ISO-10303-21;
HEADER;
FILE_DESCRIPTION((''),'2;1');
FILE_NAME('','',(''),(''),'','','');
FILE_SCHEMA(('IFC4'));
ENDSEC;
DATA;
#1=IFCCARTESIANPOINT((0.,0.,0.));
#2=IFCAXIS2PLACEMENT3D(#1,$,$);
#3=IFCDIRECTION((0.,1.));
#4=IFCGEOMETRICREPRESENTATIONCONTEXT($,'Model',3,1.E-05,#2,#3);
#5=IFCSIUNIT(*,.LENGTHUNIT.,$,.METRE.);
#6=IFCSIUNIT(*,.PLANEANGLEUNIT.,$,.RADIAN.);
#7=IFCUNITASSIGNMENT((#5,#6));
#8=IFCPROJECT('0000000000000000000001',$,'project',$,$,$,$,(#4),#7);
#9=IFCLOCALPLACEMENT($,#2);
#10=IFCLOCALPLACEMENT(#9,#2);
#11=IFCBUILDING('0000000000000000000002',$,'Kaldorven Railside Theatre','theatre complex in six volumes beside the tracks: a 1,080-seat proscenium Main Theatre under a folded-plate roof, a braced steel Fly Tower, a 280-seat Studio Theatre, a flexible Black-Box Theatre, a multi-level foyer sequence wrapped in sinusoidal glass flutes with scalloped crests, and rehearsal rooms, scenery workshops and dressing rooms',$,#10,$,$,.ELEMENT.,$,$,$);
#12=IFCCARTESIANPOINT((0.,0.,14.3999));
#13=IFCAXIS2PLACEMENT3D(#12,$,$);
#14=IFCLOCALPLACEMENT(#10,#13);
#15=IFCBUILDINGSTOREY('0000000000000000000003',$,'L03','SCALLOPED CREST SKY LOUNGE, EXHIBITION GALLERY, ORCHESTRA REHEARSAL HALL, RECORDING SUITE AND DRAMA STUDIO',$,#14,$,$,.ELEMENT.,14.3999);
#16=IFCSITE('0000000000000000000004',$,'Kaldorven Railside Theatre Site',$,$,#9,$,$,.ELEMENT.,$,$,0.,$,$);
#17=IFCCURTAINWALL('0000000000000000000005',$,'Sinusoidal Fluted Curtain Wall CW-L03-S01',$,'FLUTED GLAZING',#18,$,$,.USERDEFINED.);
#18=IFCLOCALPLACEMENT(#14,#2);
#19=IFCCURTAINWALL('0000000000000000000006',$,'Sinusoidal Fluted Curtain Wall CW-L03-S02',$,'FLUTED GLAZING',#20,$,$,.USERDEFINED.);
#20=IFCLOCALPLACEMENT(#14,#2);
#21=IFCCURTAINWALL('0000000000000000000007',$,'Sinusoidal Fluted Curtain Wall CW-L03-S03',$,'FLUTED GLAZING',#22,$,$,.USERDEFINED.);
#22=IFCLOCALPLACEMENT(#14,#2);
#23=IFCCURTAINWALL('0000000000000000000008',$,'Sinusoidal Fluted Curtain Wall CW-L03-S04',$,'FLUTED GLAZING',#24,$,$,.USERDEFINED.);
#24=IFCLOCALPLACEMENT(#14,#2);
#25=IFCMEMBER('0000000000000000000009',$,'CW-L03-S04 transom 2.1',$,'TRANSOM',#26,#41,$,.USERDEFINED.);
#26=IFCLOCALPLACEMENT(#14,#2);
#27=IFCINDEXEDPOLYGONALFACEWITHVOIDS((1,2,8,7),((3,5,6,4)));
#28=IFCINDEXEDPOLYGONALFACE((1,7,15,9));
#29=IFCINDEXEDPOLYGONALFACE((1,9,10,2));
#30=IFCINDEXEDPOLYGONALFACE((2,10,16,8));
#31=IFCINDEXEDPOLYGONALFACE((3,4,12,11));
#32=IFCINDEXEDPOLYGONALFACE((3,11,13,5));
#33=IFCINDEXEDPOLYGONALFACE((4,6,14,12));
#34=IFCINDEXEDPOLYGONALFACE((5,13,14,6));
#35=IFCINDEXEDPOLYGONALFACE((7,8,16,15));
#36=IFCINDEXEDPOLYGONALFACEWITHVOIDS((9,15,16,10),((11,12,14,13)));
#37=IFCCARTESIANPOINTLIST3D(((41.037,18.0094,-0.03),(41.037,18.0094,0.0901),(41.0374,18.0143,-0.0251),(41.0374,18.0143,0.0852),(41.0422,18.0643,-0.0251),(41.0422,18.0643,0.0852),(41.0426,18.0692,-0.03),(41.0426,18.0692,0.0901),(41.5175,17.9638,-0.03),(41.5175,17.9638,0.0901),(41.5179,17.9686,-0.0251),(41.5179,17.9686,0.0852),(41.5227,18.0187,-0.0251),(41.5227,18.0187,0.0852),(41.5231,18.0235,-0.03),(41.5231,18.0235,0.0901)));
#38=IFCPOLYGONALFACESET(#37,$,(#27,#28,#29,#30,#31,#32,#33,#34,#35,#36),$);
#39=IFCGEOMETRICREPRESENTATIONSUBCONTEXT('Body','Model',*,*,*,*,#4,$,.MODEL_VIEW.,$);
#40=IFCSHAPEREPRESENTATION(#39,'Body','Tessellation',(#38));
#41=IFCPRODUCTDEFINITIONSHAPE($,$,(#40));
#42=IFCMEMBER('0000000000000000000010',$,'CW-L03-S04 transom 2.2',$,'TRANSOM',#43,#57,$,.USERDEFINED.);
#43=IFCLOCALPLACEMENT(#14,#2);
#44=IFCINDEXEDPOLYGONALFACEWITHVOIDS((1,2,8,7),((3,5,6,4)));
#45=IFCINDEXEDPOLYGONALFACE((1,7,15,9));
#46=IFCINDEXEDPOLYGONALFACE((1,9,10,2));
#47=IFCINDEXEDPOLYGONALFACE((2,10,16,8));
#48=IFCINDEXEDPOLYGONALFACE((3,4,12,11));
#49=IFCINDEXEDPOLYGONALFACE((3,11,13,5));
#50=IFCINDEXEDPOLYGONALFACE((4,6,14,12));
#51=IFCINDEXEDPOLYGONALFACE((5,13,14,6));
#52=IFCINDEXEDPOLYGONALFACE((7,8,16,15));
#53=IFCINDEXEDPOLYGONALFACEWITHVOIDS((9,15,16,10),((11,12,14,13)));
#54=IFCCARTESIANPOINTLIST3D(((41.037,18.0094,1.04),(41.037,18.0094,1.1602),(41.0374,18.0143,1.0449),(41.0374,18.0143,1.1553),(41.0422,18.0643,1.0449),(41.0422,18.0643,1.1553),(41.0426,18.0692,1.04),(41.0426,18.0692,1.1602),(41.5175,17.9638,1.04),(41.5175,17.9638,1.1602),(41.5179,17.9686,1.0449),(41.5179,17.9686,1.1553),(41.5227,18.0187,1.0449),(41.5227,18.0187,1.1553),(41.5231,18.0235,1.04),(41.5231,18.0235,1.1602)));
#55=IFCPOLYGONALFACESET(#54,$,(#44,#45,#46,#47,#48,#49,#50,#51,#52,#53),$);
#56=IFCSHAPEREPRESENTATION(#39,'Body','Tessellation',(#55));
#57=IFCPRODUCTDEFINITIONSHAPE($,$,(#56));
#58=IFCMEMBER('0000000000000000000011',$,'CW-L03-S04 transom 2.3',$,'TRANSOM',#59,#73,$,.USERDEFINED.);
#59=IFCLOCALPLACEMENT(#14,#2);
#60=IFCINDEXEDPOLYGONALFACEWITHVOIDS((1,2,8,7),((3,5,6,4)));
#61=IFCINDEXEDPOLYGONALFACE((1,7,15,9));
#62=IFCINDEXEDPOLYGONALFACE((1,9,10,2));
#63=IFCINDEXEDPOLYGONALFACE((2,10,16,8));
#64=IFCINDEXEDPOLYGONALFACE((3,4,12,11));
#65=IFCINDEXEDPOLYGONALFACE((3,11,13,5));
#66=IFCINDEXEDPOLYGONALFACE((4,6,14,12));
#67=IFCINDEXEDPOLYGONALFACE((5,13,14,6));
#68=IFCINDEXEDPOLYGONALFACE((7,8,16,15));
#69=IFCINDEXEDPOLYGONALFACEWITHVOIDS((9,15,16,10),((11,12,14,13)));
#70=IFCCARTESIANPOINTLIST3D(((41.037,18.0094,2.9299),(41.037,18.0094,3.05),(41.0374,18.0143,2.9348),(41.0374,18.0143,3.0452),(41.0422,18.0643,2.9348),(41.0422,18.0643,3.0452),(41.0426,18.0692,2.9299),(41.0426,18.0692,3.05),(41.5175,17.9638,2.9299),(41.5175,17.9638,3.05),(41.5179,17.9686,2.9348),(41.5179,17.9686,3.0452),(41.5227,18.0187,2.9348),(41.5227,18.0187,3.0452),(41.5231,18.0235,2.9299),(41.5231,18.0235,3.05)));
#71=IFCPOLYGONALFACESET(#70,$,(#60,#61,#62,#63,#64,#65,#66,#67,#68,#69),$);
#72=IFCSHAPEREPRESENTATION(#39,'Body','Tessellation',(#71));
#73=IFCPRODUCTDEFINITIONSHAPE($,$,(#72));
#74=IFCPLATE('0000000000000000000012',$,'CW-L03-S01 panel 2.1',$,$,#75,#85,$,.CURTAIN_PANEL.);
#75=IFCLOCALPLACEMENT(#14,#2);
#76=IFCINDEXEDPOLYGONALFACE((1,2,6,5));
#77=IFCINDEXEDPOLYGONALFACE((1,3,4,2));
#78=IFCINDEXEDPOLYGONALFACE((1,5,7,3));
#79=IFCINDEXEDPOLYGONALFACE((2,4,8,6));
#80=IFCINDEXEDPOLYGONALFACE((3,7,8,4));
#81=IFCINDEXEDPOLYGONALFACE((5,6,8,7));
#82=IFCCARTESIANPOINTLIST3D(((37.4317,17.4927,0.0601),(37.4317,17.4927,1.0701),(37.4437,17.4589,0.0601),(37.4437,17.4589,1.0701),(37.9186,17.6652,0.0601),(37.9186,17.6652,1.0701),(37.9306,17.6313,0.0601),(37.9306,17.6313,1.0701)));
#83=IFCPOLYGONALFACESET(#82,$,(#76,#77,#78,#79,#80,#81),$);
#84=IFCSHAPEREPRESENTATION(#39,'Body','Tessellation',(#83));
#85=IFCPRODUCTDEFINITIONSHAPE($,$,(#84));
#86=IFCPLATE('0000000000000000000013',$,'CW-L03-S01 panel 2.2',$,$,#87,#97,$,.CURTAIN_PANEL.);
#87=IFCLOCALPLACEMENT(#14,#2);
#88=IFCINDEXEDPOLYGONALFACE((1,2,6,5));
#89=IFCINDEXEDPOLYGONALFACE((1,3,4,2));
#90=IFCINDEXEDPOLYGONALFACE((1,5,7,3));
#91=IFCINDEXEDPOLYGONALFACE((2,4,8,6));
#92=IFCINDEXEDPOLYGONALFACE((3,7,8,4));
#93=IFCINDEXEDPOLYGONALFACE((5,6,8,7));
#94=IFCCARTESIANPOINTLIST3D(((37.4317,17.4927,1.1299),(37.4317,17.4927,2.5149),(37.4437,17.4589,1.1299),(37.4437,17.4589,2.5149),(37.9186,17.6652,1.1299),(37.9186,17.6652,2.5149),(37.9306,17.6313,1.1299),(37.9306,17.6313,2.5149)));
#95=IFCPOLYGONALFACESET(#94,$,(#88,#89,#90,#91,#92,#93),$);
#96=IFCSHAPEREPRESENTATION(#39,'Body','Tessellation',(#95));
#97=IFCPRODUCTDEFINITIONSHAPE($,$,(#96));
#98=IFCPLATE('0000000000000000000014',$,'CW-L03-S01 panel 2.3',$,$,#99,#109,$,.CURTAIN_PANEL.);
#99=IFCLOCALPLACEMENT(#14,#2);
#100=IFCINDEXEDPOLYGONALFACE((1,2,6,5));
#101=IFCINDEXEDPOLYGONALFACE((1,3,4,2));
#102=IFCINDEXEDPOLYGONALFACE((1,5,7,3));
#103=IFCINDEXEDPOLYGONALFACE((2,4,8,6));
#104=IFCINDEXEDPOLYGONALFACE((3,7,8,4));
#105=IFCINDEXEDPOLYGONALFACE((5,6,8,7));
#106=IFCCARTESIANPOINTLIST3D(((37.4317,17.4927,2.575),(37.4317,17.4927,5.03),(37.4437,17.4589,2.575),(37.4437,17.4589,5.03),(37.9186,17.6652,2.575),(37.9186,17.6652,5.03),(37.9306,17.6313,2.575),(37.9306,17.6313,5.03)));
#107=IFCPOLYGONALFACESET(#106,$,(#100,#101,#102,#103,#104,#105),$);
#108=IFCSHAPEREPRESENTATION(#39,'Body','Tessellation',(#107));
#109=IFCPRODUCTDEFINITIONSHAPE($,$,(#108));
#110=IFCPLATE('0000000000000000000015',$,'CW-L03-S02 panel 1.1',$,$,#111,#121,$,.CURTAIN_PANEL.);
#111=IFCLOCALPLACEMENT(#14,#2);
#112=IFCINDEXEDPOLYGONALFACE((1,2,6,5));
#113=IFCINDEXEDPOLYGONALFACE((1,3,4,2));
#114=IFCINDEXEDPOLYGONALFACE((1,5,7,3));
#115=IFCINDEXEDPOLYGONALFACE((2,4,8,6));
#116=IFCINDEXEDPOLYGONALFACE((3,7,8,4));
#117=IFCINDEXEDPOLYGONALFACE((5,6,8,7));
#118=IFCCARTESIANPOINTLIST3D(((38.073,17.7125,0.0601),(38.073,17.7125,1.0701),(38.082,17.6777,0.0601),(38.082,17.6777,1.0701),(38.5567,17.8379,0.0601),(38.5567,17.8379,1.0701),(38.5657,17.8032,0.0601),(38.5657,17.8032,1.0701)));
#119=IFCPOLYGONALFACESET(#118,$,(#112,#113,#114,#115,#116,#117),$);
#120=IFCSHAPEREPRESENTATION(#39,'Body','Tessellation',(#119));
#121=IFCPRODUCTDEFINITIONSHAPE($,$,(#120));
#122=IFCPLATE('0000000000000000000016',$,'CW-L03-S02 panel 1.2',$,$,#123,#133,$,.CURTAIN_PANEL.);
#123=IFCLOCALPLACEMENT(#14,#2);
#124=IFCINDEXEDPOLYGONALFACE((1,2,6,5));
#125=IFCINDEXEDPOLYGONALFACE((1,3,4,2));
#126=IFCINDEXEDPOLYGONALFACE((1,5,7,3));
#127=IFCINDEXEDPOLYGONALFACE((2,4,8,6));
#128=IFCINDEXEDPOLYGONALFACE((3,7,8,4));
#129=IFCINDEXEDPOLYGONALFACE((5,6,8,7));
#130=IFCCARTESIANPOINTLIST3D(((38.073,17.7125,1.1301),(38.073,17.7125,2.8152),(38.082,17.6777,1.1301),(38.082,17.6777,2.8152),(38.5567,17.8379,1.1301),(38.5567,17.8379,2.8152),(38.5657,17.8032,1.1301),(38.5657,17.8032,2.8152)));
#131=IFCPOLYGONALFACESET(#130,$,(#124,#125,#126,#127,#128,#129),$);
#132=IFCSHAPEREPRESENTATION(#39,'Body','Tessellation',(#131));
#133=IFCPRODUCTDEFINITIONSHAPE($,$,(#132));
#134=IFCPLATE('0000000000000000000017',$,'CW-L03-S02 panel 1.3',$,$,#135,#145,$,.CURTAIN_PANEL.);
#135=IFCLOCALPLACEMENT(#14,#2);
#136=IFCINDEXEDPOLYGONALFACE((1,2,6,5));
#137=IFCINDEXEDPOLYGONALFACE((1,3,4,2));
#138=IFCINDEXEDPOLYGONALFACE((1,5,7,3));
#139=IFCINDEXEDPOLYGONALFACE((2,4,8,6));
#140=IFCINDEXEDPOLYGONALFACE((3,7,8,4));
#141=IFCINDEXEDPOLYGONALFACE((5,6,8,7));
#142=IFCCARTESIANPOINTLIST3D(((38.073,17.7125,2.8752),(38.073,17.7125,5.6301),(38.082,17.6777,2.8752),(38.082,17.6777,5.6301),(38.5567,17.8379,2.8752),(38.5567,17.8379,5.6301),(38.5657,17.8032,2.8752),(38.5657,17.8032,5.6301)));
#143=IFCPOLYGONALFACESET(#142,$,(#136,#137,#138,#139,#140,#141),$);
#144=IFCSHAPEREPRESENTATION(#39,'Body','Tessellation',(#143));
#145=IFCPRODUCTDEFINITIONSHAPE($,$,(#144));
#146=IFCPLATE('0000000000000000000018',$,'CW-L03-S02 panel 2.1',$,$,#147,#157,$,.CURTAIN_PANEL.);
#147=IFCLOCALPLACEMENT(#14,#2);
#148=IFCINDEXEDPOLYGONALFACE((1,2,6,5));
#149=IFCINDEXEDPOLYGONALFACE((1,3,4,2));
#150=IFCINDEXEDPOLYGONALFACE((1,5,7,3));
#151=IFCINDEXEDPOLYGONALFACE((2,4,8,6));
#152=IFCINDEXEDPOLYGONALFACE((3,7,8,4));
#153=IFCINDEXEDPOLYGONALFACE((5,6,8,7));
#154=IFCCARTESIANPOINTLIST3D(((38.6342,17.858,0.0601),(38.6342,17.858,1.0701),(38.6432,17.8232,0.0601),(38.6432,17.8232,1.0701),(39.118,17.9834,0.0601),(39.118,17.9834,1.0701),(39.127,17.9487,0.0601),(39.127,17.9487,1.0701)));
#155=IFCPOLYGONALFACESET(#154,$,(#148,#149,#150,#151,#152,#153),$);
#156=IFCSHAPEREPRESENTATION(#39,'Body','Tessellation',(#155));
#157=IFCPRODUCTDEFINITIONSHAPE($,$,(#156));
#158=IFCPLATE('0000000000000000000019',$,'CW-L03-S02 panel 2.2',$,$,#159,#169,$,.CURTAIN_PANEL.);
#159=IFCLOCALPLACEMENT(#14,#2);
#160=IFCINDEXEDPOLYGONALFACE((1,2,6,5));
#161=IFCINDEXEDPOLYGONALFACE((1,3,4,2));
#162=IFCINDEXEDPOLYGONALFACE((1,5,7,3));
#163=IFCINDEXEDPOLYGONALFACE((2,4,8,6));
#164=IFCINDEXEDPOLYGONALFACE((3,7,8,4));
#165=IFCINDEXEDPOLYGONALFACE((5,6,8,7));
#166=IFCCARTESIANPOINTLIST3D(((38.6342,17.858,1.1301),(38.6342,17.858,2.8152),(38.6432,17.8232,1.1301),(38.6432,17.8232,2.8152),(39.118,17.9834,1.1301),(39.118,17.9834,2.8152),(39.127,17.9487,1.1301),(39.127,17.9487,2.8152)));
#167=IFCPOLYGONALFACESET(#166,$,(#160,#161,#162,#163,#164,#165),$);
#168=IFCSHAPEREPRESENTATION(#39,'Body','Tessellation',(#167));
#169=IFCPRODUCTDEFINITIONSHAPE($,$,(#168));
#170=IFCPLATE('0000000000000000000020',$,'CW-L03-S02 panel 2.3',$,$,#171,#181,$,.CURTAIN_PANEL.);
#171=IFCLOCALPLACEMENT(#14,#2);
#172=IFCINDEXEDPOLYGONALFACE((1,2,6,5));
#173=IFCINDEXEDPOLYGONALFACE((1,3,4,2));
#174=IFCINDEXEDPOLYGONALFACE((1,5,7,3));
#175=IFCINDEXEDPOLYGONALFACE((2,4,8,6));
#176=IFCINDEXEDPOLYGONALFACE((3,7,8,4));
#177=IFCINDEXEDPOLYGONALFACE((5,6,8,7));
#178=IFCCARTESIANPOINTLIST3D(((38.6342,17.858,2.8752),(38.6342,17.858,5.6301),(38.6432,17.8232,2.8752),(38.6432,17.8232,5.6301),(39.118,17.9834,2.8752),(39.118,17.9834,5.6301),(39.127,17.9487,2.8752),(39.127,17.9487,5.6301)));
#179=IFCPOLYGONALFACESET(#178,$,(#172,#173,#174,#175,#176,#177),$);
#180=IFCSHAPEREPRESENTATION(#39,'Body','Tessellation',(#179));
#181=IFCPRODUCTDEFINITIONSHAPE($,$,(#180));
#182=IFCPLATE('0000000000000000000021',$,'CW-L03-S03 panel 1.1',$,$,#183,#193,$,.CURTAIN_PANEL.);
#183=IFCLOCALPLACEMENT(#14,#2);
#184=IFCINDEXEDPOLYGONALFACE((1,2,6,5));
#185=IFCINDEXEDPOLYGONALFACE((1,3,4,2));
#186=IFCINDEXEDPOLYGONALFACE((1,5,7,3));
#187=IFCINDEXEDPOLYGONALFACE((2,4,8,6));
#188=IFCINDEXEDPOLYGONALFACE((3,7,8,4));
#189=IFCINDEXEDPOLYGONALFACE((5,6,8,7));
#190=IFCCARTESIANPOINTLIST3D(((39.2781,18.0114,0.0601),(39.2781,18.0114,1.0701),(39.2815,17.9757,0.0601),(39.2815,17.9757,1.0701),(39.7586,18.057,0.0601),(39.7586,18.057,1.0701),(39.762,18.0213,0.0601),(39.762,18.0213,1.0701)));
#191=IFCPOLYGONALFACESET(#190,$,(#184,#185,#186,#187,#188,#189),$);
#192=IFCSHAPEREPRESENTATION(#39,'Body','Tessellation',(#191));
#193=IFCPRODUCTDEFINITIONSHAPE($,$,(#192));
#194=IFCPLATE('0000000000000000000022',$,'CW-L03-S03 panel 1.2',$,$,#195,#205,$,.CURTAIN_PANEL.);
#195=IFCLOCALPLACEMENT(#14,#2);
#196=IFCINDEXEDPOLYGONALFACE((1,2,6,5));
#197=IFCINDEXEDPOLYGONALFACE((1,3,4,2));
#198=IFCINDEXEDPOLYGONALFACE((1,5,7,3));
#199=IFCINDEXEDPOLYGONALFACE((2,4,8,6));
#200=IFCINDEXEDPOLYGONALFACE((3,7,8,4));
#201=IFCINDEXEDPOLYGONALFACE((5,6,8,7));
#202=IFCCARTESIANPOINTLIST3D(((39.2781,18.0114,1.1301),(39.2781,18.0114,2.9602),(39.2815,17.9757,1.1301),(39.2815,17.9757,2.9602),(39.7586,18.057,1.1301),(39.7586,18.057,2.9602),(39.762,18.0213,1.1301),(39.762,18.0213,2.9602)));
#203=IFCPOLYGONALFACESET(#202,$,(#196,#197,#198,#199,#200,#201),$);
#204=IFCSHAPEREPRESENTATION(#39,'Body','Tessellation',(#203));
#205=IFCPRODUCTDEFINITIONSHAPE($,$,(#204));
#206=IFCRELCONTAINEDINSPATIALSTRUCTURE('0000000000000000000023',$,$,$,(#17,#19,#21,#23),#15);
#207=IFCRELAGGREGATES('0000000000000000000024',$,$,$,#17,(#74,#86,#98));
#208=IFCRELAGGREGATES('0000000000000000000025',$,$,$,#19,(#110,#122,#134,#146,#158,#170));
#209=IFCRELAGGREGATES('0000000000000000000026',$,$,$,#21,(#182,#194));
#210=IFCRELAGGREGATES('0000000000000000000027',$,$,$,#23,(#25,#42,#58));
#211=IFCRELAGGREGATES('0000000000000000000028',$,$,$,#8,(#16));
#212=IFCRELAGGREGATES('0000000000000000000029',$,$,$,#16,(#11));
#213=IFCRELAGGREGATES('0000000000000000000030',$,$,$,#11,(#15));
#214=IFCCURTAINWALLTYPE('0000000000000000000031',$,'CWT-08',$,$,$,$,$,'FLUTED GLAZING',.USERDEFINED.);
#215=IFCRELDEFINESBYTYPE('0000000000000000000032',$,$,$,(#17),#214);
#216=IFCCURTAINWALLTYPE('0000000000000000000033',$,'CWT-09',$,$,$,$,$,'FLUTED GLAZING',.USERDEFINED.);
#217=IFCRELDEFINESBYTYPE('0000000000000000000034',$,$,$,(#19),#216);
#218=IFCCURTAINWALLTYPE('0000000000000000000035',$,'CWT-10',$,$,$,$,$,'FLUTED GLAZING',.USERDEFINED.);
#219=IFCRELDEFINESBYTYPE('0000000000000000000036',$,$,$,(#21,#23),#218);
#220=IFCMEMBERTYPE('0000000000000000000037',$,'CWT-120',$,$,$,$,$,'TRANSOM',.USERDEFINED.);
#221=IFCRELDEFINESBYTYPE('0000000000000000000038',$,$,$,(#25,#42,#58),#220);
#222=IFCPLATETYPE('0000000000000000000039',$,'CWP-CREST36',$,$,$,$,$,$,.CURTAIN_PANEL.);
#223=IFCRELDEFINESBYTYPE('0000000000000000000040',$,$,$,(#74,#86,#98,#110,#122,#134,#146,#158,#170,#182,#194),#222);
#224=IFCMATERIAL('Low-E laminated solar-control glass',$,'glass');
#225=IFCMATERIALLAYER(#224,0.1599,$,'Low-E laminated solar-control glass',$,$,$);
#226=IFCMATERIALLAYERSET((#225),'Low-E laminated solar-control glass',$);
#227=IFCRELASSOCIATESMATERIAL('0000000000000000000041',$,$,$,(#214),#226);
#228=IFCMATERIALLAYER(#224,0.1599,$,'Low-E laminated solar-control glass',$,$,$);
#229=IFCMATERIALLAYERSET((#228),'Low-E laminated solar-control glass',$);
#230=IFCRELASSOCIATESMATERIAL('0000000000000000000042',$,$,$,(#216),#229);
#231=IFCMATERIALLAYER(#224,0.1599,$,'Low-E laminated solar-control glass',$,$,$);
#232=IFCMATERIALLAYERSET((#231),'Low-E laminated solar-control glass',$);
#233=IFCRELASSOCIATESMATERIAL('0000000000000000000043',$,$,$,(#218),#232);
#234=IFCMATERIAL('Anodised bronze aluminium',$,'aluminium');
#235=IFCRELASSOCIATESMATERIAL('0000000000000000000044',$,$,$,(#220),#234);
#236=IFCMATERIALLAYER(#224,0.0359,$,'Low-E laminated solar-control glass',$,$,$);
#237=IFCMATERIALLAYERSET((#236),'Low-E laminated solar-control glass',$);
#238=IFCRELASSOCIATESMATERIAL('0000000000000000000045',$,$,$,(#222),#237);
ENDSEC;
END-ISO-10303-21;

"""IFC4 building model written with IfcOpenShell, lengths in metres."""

from ifc_helpers import new_model, si_unit, direction, frame, origin, origin_2d, place, context, subcontext, project, spatial, rectangle, hollow_rectangle, extrude, material, layer, layer_set, material_profile, profile_set, type_object, element, aggregate, save


model = new_model("IFC4")

# Units and contexts
model_context = context("Model", 3, precision=1e-05, world=origin(), true_north=direction((0.0, 1.0)))
body_context = subcontext(model_context, "Body", "Model", "MODEL_VIEW")
ifc_project = project(units=[si_unit("LENGTHUNIT", "METRE"), si_unit("PLANEANGLEUNIT", "RADIAN")], contexts=[model_context])

# Site, building, storey
site_placement = place(None, origin())
site = spatial("IfcSite", under=ifc_project, at=site_placement, Name="Kaldorven Railside Theatre Site", CompositionType="ELEMENT", RefElevation=0.0)
building_placement = place(site_placement, origin())
building = spatial("IfcBuilding", under=site, at=building_placement, Name="Kaldorven Railside Theatre", Description="theatre complex in six volumes beside the tracks: a 1,080-seat proscenium Main Theatre under a folded-plate roof, a braced steel Fly Tower, a 280-seat Studio Theatre, a flexible Black-Box Theatre, a multi-level foyer sequence wrapped in sinusoidal glass flutes with scalloped crests, and rehearsal rooms, scenery workshops and dressing rooms", CompositionType="ELEMENT")
storey_placement = place(building_placement, frame((0.0, 0.0, 14.3999)))
storey = spatial("IfcBuildingStorey", under=building, at=storey_placement, Name="L03", Description="SCALLOPED CREST SKY LOUNGE, EXHIBITION GALLERY, ORCHESTRA REHEARSAL HALL, RECORDING SUITE AND DRAMA STUDIO", CompositionType="ELEMENT", Elevation=14.3999)

# Curtain wall
ifc_material_1 = material(Name="Low-E laminated solar-control glass", Category="glass")
ifc_layer_1 = layer(ifc_material_1, 0.1599, Name="Low-E laminated solar-control glass")
ifc_layer_set_1 = layer_set([ifc_layer_1], Name="Low-E laminated solar-control glass")
curtain_wall_type_1 = type_object("IfcCurtainWallType", Name="CWT-08", ElementType="FLUTED GLAZING", PredefinedType="USERDEFINED", material=ifc_layer_set_1)
curtain_wall_1_placement = place(storey_placement, origin())
curtain_wall_1 = element("IfcCurtainWall", 1, at=curtain_wall_1_placement, inside=storey, type_object=curtain_wall_type_1, Name="Sinusoidal Fluted Curtain Wall CW-L03-S01", ObjectType="FLUTED GLAZING", PredefinedType="USERDEFINED")
ifc_material_2 = material(Name="Anodised bronze aluminium", Category="aluminium")

# Curtain wall
ifc_layer_2 = layer(ifc_material_1, 0.1599, Name="Low-E laminated solar-control glass")
ifc_layer_set_2 = layer_set([ifc_layer_2], Name="Low-E laminated solar-control glass")
curtain_wall_type_2 = type_object("IfcCurtainWallType", Name="CWT-09", ElementType="FLUTED GLAZING", PredefinedType="USERDEFINED", material=ifc_layer_set_2)
curtain_wall_2_placement = place(storey_placement, origin())
curtain_wall_2 = element("IfcCurtainWall", 2, at=curtain_wall_2_placement, inside=storey, type_object=curtain_wall_type_2, Name="Sinusoidal Fluted Curtain Wall CW-L03-S02", ObjectType="FLUTED GLAZING", PredefinedType="USERDEFINED")

# Curtain wall
ifc_layer_3 = layer(ifc_material_1, 0.1599, Name="Low-E laminated solar-control glass")
ifc_layer_set_3 = layer_set([ifc_layer_3], Name="Low-E laminated solar-control glass")
curtain_wall_type_3 = type_object("IfcCurtainWallType", Name="CWT-10", ElementType="FLUTED GLAZING", PredefinedType="USERDEFINED", material=ifc_layer_set_3)
curtain_wall_3_placement = place(storey_placement, origin())
curtain_wall_3 = element("IfcCurtainWall", 3, at=curtain_wall_3_placement, inside=storey, type_object=curtain_wall_type_3, Name="Sinusoidal Fluted Curtain Wall CW-L03-S03", ObjectType="FLUTED GLAZING", PredefinedType="USERDEFINED")

# Shared definitions
ifc_material_profile_1 = material_profile(ifc_material_2, hollow_rectangle(XDim=0.0601, YDim=0.1201, WallThickness=0.0049, at=origin_2d()), Name="RHS 120x60x5")
ifc_profile_set_1 = profile_set([ifc_material_profile_1], Name="Anodised bronze aluminium")
member_type_1 = type_object("IfcMemberType", Name="CWT-120", ElementType="TRANSOM", PredefinedType="USERDEFINED", material=ifc_profile_set_1)

# Curtain wall, members
curtain_wall_4_placement = place(storey_placement, origin())
curtain_wall_4 = element("IfcCurtainWall", 4, at=curtain_wall_4_placement, inside=storey, type_object=curtain_wall_type_3, Name="Sinusoidal Fluted Curtain Wall CW-L03-S04", ObjectType="FLUTED GLAZING", PredefinedType="USERDEFINED")
member_1_placement = place(storey_placement, frame((41.0398, 18.0393, 0.03), z_axis=(0.995516, -0.094594, 0.0), x_axis=(0.094594, 0.995516, 0.0)))
member_1 = element("IfcMember", 5, at=member_1_placement, type_object=member_type_1, Name="CW-L03-S04 transom 2.1", ObjectType="TRANSOM", PredefinedType="USERDEFINED", context=body_context, shape_type="SweptSolid", body=[
    extrude(hollow_rectangle(XDim=0.0601, YDim=0.1201, WallThickness=0.0049, at=origin_2d()), origin(), (0.0, 0.0, 1.0), 0.4827),
])
member_2_placement = place(storey_placement, frame((41.0398, 18.0393, 1.1001), z_axis=(0.995516, -0.094594, 0.0), x_axis=(0.094594, 0.995516, 0.0)))
member_2 = element("IfcMember", 6, at=member_2_placement, type_object=member_type_1, Name="CW-L03-S04 transom 2.2", ObjectType="TRANSOM", PredefinedType="USERDEFINED", context=body_context, shape_type="SweptSolid", body=[
    extrude(hollow_rectangle(XDim=0.0601, YDim=0.1201, WallThickness=0.0049, at=origin_2d()), origin(), (0.0, 0.0, 1.0), 0.4827),
])
member_3_placement = place(storey_placement, frame((41.0398, 18.0393, 2.99), z_axis=(0.995516, -0.094594, 0.0), x_axis=(0.094594, 0.995516, 0.0)))
member_3 = element("IfcMember", 7, at=member_3_placement, type_object=member_type_1, Name="CW-L03-S04 transom 2.3", ObjectType="TRANSOM", PredefinedType="USERDEFINED", context=body_context, shape_type="SweptSolid", body=[
    extrude(hollow_rectangle(XDim=0.0601, YDim=0.1201, WallThickness=0.0049, at=origin_2d()), origin(), (0.0, 0.0, 1.0), 0.4827),
])

# Plates
ifc_layer_4 = layer(ifc_material_1, 0.0359, Name="Low-E laminated solar-control glass")
ifc_layer_set_4 = layer_set([ifc_layer_4], Name="Low-E laminated solar-control glass")
plate_type = type_object("IfcPlateType", Name="CWP-CREST36", PredefinedType="CURTAIN_PANEL", material=ifc_layer_set_4)
plate_1_placement = place(storey_placement, frame((37.6812, 17.562, 0.0601), z_axis=(0.0, 0.0, 1.0), x_axis=(0.942627, 0.333847, 0.0)))
plate_1 = element("IfcPlate", 8, at=plate_1_placement, type_object=plate_type, Name="CW-L03-S01 panel 2.1", PredefinedType="CURTAIN_PANEL", context=body_context, shape_type="SweptSolid", body=[
    extrude(rectangle(XDim=0.5166, YDim=0.0359, at=origin_2d()), origin(), (0.0, 0.0, 1.0), 1.01),
])
plate_2_placement = place(storey_placement, frame((37.6812, 17.562, 1.1299), z_axis=(0.0, 0.0, 1.0), x_axis=(0.942627, 0.333847, 0.0)))
plate_2 = element("IfcPlate", 9, at=plate_2_placement, type_object=plate_type, Name="CW-L03-S01 panel 2.2", PredefinedType="CURTAIN_PANEL", context=body_context, shape_type="SweptSolid", body=[
    extrude(rectangle(XDim=0.5166, YDim=0.0359, at=origin_2d()), origin(), (0.0, 0.0, 1.0), 1.385),
])
plate_3_placement = place(storey_placement, frame((37.6812, 17.562, 2.575), z_axis=(0.0, 0.0, 1.0), x_axis=(0.942627, 0.333847, 0.0)))
plate_3 = element("IfcPlate", 10, at=plate_3_placement, type_object=plate_type, Name="CW-L03-S01 panel 2.3", PredefinedType="CURTAIN_PANEL", context=body_context, shape_type="SweptSolid", body=[
    extrude(rectangle(XDim=0.5166, YDim=0.0359, at=origin_2d()), origin(), (0.0, 0.0, 1.0), 2.4551),
])
aggregate(curtain_wall_1, [plate_1, plate_2, plate_3])
plate_4_placement = place(storey_placement, frame((38.3193, 17.7578, 0.0601), z_axis=(0.0, 0.0, 1.0), x_axis=(0.967999, 0.250954, 0.0)))
plate_4 = element("IfcPlate", 11, at=plate_4_placement, type_object=plate_type, Name="CW-L03-S02 panel 1.1", PredefinedType="CURTAIN_PANEL", context=body_context, shape_type="SweptSolid", body=[
    extrude(rectangle(XDim=0.4998, YDim=0.0359, at=origin_2d()), origin(), (0.0, 0.0, 1.0), 1.01),
])
plate_5_placement = place(storey_placement, frame((38.3193, 17.7578, 1.1301), z_axis=(0.0, 0.0, 1.0), x_axis=(0.967999, 0.250954, 0.0)))
plate_5 = element("IfcPlate", 12, at=plate_5_placement, type_object=plate_type, Name="CW-L03-S02 panel 1.2", PredefinedType="CURTAIN_PANEL", context=body_context, shape_type="SweptSolid", body=[
    extrude(rectangle(XDim=0.4998, YDim=0.0359, at=origin_2d()), origin(), (0.0, 0.0, 1.0), 1.6851),
])
plate_6_placement = place(storey_placement, frame((38.3193, 17.7578, 2.8752), z_axis=(0.0, 0.0, 1.0), x_axis=(0.967999, 0.250954, 0.0)))
plate_6 = element("IfcPlate", 13, at=plate_6_placement, type_object=plate_type, Name="CW-L03-S02 panel 1.3", PredefinedType="CURTAIN_PANEL", context=body_context, shape_type="SweptSolid", body=[
    extrude(rectangle(XDim=0.4998, YDim=0.0359, at=origin_2d()), origin(), (0.0, 0.0, 1.0), 2.7549),
])
plate_7_placement = place(storey_placement, frame((38.8806, 17.9033, 0.0601), z_axis=(0.0, 0.0, 1.0), x_axis=(0.967999, 0.250954, 0.0)))
plate_7 = element("IfcPlate", 14, at=plate_7_placement, type_object=plate_type, Name="CW-L03-S02 panel 2.1", PredefinedType="CURTAIN_PANEL", context=body_context, shape_type="SweptSolid", body=[
    extrude(rectangle(XDim=0.4998, YDim=0.0359, at=origin_2d()), origin(), (0.0, 0.0, 1.0), 1.01),
])
plate_8_placement = place(storey_placement, frame((38.8806, 17.9033, 1.1301), z_axis=(0.0, 0.0, 1.0), x_axis=(0.967999, 0.250954, 0.0)))
plate_8 = element("IfcPlate", 15, at=plate_8_placement, type_object=plate_type, Name="CW-L03-S02 panel 2.2", PredefinedType="CURTAIN_PANEL", context=body_context, shape_type="SweptSolid", body=[
    extrude(rectangle(XDim=0.4998, YDim=0.0359, at=origin_2d()), origin(), (0.0, 0.0, 1.0), 1.6851),
])
plate_9_placement = place(storey_placement, frame((38.8806, 17.9033, 2.8752), z_axis=(0.0, 0.0, 1.0), x_axis=(0.967999, 0.250954, 0.0)))
plate_9 = element("IfcPlate", 16, at=plate_9_placement, type_object=plate_type, Name="CW-L03-S02 panel 2.3", PredefinedType="CURTAIN_PANEL", context=body_context, shape_type="SweptSolid", body=[
    extrude(rectangle(XDim=0.4998, YDim=0.0359, at=origin_2d()), origin(), (0.0, 0.0, 1.0), 2.7549),
])
aggregate(curtain_wall_2, [plate_4, plate_5, plate_6, plate_7, plate_8, plate_9])
plate_10_placement = place(storey_placement, frame((39.52, 18.0164, 0.0601), z_axis=(0.0, 0.0, 1.0), x_axis=(0.995526, 0.094492, 0.0)))
plate_10 = element("IfcPlate", 17, at=plate_10_placement, type_object=plate_type, Name="CW-L03-S03 panel 1.1", PredefinedType="CURTAIN_PANEL", context=body_context, shape_type="SweptSolid", body=[
    extrude(rectangle(XDim=0.4827, YDim=0.0359, at=origin_2d()), origin(), (0.0, 0.0, 1.0), 1.01),
])
plate_11_placement = place(storey_placement, frame((39.52, 18.0164, 1.1301), z_axis=(0.0, 0.0, 1.0), x_axis=(0.995526, 0.094492, 0.0)))
plate_11 = element("IfcPlate", 18, at=plate_11_placement, type_object=plate_type, Name="CW-L03-S03 panel 1.2", PredefinedType="CURTAIN_PANEL", context=body_context, shape_type="SweptSolid", body=[
    extrude(rectangle(XDim=0.4827, YDim=0.0359, at=origin_2d()), origin(), (0.0, 0.0, 1.0), 1.8301),
])
aggregate(curtain_wall_3, [plate_10, plate_11])
aggregate(curtain_wall_4, [member_1, member_2, member_3])

save(model, "model.ifc")
